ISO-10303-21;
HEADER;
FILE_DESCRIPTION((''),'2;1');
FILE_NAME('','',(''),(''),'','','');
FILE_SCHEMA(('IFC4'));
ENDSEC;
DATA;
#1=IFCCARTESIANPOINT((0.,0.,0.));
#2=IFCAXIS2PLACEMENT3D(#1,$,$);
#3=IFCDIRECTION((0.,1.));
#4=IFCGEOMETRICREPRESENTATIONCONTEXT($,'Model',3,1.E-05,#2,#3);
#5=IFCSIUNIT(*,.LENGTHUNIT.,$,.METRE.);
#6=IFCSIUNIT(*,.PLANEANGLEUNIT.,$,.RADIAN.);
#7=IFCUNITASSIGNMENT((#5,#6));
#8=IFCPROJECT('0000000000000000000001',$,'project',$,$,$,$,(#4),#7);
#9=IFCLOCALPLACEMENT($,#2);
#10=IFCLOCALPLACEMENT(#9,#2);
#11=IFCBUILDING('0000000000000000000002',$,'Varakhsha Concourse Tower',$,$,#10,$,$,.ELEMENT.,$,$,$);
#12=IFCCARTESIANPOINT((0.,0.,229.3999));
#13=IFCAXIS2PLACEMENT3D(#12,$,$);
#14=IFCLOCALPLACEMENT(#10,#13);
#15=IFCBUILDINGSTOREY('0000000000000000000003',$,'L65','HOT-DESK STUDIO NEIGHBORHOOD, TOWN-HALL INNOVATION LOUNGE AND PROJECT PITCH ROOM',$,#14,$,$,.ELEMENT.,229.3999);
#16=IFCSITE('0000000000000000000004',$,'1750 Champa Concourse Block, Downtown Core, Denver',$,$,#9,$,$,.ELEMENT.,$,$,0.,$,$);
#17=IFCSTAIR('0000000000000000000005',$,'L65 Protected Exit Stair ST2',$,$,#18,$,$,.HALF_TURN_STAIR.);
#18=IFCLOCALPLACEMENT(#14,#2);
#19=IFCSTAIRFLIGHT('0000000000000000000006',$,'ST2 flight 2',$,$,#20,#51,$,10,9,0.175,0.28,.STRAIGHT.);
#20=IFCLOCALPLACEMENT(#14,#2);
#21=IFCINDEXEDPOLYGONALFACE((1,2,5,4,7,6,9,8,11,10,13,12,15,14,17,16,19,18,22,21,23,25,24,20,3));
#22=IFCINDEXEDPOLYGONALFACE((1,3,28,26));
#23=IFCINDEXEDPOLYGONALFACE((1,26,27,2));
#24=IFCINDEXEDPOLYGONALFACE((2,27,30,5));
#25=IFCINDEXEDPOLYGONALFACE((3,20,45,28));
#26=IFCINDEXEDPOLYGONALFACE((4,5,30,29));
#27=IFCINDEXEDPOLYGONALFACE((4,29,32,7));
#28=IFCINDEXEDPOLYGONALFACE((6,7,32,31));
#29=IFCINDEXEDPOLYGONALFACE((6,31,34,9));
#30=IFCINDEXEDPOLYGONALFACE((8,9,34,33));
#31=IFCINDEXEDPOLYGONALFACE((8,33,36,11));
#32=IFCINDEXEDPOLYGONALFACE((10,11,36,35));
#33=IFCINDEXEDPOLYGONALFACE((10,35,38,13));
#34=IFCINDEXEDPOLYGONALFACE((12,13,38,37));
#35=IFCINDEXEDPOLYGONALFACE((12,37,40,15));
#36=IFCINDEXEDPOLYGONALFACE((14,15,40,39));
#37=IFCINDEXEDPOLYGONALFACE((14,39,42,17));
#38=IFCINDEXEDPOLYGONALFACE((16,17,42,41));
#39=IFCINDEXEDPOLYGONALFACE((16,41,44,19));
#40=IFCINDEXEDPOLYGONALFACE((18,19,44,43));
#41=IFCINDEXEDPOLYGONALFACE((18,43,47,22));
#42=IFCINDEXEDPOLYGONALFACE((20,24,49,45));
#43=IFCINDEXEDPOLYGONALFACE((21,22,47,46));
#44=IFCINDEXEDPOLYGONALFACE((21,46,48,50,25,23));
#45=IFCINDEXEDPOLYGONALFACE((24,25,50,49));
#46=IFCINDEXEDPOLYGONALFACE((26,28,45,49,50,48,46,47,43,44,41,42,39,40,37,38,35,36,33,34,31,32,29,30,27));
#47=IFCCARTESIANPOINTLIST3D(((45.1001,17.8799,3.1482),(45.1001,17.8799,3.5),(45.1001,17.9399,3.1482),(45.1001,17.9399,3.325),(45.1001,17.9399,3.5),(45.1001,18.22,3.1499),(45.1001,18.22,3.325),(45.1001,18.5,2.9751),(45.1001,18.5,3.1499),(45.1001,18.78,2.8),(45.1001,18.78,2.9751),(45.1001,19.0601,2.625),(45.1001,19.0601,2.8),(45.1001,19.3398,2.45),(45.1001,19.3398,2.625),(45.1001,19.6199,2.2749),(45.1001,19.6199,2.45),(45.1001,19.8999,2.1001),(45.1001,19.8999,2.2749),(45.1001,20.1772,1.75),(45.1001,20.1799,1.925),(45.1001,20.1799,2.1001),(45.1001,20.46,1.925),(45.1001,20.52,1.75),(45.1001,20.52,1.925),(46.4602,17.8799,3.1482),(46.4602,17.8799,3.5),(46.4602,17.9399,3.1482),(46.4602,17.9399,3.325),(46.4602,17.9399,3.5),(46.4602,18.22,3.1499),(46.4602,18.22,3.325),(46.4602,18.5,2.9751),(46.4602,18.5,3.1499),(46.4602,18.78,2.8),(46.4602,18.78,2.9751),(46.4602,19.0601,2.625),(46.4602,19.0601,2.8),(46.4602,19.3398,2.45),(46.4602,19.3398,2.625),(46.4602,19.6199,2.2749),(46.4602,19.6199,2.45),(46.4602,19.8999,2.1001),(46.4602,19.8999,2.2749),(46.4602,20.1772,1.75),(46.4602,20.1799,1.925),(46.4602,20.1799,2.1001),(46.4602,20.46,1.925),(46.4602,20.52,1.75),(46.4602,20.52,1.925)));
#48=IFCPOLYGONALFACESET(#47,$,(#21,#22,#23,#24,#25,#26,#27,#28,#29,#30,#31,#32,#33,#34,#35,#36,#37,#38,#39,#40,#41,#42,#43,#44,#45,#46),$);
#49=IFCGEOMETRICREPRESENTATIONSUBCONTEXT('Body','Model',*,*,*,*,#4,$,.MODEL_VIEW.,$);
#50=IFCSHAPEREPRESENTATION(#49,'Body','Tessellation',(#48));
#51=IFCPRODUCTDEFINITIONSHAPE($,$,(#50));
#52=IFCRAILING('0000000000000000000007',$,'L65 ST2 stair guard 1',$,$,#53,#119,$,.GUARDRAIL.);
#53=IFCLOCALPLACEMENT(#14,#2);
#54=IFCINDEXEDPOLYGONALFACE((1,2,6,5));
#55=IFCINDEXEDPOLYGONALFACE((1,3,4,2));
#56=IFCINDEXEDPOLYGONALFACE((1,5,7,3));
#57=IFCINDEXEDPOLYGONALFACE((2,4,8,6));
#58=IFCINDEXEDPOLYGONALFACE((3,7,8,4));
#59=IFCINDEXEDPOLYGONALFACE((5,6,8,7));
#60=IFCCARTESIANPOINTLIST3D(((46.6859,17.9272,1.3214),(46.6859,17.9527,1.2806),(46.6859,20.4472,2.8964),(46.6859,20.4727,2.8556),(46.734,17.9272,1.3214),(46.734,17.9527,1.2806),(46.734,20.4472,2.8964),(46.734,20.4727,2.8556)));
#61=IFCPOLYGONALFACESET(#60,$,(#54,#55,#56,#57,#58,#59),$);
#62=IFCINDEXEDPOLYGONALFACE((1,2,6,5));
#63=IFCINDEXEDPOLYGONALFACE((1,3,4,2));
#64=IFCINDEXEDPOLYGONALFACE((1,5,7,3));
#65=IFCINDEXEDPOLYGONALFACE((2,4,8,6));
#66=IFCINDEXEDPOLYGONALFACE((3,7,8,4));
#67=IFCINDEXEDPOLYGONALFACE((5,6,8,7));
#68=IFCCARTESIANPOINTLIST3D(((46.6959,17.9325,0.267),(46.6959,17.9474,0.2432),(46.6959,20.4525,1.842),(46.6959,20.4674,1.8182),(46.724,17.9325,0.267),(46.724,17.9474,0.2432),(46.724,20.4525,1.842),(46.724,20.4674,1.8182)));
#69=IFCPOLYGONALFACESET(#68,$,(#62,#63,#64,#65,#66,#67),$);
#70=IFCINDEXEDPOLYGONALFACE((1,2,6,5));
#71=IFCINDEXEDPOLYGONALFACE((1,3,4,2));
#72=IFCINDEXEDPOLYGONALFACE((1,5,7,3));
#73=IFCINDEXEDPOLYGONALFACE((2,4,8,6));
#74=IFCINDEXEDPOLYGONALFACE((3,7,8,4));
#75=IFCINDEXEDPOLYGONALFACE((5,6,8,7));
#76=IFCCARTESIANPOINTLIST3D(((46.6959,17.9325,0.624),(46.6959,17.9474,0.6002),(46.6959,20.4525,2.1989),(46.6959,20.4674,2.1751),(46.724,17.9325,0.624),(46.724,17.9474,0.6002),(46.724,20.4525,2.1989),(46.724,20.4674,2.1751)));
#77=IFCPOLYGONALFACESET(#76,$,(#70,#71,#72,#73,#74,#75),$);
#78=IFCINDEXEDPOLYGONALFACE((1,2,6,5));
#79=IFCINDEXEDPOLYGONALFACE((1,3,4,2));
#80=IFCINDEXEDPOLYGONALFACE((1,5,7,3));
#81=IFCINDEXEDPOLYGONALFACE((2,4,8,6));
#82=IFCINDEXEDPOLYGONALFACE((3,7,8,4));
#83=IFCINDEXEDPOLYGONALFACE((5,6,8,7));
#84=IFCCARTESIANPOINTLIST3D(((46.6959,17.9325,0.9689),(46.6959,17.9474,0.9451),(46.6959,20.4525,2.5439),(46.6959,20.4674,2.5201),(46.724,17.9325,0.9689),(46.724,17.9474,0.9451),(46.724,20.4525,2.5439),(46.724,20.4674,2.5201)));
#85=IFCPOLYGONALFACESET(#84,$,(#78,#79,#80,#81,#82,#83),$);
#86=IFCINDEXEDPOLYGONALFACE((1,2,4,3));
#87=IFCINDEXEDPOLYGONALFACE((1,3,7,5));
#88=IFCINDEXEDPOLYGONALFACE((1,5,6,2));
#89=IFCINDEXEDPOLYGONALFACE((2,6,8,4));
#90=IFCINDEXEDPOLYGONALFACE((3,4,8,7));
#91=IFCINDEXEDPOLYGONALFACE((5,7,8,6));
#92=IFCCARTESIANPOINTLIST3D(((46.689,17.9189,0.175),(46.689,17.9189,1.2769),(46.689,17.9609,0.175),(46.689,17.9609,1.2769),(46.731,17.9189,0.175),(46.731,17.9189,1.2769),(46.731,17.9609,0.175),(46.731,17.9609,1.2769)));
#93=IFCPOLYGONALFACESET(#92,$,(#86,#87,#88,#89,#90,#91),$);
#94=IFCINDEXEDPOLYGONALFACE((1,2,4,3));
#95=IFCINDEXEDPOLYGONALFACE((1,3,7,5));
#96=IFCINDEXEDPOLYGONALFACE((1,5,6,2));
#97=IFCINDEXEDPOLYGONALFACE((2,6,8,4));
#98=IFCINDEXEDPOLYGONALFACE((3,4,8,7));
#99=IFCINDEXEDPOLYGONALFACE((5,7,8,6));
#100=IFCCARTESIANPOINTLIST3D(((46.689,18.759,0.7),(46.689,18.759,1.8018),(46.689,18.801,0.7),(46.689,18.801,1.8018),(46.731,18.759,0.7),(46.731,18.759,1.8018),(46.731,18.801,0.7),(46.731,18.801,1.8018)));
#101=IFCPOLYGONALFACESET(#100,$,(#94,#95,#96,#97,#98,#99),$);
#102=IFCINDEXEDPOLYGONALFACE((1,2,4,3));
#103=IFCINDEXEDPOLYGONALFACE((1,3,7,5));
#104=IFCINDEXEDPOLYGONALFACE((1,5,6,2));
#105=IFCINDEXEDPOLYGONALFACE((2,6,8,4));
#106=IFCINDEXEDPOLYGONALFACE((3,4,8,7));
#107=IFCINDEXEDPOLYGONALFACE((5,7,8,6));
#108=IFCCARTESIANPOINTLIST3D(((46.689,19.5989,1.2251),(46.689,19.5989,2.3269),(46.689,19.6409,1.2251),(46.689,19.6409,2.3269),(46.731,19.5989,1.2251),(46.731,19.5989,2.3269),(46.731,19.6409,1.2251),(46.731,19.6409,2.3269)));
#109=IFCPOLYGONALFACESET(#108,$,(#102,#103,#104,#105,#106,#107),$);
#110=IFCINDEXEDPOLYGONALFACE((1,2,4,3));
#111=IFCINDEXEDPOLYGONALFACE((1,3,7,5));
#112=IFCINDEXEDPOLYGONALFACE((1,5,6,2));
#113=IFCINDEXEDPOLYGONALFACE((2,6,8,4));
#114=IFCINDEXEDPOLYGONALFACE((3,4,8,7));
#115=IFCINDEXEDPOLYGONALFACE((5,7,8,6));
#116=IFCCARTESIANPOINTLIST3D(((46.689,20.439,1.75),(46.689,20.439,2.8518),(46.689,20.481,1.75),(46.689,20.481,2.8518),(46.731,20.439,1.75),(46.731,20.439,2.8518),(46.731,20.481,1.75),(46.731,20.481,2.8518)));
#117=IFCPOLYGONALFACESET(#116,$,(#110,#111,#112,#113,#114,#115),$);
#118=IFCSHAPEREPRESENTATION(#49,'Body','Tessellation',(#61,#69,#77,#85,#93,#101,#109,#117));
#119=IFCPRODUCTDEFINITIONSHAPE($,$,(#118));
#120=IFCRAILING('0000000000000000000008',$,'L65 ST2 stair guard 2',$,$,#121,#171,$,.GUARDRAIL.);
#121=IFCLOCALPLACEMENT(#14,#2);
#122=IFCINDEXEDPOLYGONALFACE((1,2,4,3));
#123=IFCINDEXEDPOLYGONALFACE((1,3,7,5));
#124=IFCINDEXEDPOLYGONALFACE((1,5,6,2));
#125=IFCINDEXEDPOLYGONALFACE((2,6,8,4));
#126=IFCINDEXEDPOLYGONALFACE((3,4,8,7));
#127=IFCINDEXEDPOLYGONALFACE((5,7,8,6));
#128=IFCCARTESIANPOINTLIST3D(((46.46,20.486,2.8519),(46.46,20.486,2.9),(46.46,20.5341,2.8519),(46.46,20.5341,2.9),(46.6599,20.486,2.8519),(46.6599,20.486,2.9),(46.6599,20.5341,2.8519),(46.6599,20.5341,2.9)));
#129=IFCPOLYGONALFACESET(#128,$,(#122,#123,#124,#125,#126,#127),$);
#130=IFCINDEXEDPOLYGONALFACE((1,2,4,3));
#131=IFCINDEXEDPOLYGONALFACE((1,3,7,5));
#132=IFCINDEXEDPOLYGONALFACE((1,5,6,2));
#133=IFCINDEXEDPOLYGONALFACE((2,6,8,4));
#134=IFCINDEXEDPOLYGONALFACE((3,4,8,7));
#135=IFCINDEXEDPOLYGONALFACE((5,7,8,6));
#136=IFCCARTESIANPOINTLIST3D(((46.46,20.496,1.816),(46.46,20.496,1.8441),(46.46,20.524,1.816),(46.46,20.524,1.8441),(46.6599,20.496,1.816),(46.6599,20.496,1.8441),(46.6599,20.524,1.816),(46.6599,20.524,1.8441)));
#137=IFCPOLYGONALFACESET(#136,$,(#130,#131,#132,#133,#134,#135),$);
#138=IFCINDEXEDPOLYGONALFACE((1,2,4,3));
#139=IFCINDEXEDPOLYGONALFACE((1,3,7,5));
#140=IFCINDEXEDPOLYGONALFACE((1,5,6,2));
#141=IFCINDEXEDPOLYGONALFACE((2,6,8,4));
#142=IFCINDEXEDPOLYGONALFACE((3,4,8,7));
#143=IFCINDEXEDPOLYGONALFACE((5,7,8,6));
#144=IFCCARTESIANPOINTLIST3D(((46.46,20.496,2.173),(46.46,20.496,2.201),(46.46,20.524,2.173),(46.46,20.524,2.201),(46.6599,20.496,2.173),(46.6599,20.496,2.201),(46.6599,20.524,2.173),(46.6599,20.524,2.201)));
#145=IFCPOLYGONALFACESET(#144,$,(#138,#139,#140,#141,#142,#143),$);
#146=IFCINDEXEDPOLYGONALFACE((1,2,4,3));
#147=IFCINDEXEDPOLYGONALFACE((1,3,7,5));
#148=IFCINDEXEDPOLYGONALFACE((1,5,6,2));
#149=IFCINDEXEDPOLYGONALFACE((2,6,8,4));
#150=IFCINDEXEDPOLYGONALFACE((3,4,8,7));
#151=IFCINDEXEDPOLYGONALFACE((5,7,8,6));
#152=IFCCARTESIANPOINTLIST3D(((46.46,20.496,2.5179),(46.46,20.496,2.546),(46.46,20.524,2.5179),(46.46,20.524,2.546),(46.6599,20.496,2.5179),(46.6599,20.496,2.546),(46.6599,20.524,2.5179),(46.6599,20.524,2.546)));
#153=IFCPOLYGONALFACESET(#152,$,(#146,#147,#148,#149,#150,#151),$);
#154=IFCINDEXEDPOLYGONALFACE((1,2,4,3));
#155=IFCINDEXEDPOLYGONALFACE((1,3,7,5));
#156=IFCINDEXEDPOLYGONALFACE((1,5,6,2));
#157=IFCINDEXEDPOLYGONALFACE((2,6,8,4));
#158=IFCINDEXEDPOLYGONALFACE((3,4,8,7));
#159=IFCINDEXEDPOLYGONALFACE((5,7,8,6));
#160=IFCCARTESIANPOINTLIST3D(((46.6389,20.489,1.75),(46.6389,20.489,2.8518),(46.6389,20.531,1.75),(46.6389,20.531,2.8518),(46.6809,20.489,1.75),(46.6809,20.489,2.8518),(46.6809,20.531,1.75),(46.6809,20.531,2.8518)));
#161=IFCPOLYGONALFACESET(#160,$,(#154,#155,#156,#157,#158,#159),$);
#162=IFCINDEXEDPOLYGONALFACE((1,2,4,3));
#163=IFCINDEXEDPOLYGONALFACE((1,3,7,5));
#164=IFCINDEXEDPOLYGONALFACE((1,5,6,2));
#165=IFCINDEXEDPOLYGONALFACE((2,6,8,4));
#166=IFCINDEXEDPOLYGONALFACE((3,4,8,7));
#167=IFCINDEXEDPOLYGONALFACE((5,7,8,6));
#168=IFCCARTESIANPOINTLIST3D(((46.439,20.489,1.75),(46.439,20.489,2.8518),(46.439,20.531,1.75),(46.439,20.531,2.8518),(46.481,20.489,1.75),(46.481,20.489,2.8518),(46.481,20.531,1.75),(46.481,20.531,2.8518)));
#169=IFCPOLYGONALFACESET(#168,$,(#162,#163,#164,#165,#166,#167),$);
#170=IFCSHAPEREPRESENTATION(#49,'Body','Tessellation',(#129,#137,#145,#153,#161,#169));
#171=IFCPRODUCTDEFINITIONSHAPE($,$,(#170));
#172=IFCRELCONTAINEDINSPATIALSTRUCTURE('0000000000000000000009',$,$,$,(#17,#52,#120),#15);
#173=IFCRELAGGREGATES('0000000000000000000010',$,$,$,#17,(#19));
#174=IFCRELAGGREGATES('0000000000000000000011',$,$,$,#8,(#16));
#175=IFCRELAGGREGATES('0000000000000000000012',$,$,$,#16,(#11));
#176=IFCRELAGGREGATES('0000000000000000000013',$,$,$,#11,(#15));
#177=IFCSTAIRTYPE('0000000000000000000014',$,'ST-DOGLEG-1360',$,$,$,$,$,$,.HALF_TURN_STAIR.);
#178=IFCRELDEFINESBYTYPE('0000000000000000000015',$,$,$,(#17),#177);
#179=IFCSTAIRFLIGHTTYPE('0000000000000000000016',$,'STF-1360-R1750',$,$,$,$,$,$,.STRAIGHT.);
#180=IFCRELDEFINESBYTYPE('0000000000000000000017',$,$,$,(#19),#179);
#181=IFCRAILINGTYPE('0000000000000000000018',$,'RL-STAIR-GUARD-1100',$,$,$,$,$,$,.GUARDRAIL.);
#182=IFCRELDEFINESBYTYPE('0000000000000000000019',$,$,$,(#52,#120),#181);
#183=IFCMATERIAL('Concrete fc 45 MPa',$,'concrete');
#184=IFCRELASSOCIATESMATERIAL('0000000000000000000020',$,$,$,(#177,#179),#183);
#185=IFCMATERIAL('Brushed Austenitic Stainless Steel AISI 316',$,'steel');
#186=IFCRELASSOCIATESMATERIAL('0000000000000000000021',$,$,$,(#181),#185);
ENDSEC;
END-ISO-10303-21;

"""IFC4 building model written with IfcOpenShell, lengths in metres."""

from ifc_helpers import new_model, si_unit, direction, frame, origin, origin_2d, place, context, subcontext, project, spatial, polyline, rectangle, outline, extrude, material, type_object, element, aggregate, save


model = new_model("IFC4")

# Units and contexts
model_context = context("Model", 3, precision=1e-05, world=origin(), true_north=direction((0.0, 1.0)))
body_context = subcontext(model_context, "Body", "Model", "MODEL_VIEW")
ifc_project = project(units=[si_unit("LENGTHUNIT", "METRE"), si_unit("PLANEANGLEUNIT", "RADIAN")], contexts=[model_context])

# Site, building, storey
site_placement = place(None, origin())
site = spatial("IfcSite", under=ifc_project, at=site_placement, Name="1750 Champa Concourse Block, Downtown Core, Denver", CompositionType="ELEMENT", RefElevation=0.0)
building_placement = place(site_placement, origin())
building = spatial("IfcBuilding", under=site, at=building_placement, Name="Varakhsha Concourse Tower", CompositionType="ELEMENT")
storey_placement = place(building_placement, frame((0.0, 0.0, 229.3999)))
storey = spatial("IfcBuildingStorey", under=building, at=storey_placement, Name="L65", Description="HOT-DESK STUDIO NEIGHBORHOOD, TOWN-HALL INNOVATION LOUNGE AND PROJECT PITCH ROOM", CompositionType="ELEMENT", Elevation=229.3999)

# Shared definitions
ifc_material_1 = material(Name="Concrete fc 45 MPa", Category="concrete")

# Stair, stair flight
stair_type = type_object("IfcStairType", Name="ST-DOGLEG-1360", PredefinedType="HALF_TURN_STAIR", material=ifc_material_1)
stair_placement = place(storey_placement, origin())
stair = element("IfcStair", 1, at=stair_placement, inside=storey, type_object=stair_type, Name="L65 Protected Exit Stair ST2", PredefinedType="HALF_TURN_STAIR")
stair_flight_type = type_object("IfcStairFlightType", Name="STF-1360-R1750", PredefinedType="STRAIGHT", material=ifc_material_1)
stair_flight_1_placement = place(storey_placement, frame((45.78, 20.46, 1.75), z_axis=(0.0, 0.0, 1.0), x_axis=(0.0, -1.0, 0.0)))
stair_flight_1 = element("IfcStairFlight", 2, at=stair_flight_1_placement, type_object=stair_flight_type, Name="ST2 flight 2", NumberOfRisers=10, NumberOfTreads=9, PredefinedType="STRAIGHT", RiserHeight=0.175, TreadLength=0.28, context=body_context, shape_type="SweptSolid", body=[
    extrude(outline(polyline([(-0.0601, 0.0), (-0.0601, 0.175), (0.0, 0.175), (0.28, 0.175), (0.28, 0.3501), (0.5601, 0.3501), (0.5601, 0.5249), (0.8401, 0.5249), (0.8401, 0.7), (1.1201, 0.7), (1.1201, 0.875), (1.3999, 0.875), (1.3999, 1.05), (1.6799, 1.05), (1.6799, 1.2251), (1.96, 1.2251), (1.96, 1.3999), (2.24, 1.3999), (2.24, 1.575), (2.52, 1.575), (2.52, 1.75), (2.5801, 1.75), (2.5801, 1.3982), (2.52, 1.3982), (0.2827, 0.0), (-0.0601, 0.0)])), frame((0.0, 0.6802, 0.0), z_axis=(0.0, -1.0, 0.0), x_axis=(1.0, 0.0, 0.0)), (0.0, 0.0, 1.0), 1.3601),
])
aggregate(stair, [stair_flight_1])

# Railings
ifc_material_2 = material(Name="Brushed Austenitic Stainless Steel AISI 316", Category="steel")
railing_type_1 = type_object("IfcRailingType", Name="RL-STAIR-GUARD-1100", PredefinedType="GUARDRAIL", material=ifc_material_2)
railing_1_placement = place(storey_placement, frame((46.71, 17.9399, 0.175)))
element("IfcRailing", 3, at=railing_1_placement, inside=storey, type_object=railing_type_1, Name="L65 ST2 stair guard 1", PredefinedType="GUARDRAIL", context=body_context, shape_type="SweptSolid", body=[
    extrude(rectangle(XDim=0.0481, YDim=0.0481, at=origin_2d()), frame((0.0, 0.0, 1.126), z_axis=(0.0, 0.848008, 0.529984), x_axis=(-1.0, 0.0, 0.0)), (0.0, 0.0, 1.0), 2.9717),
    extrude(rectangle(XDim=0.0281, YDim=0.0281, at=origin_2d()), frame((0.0, 0.0, 0.0801), z_axis=(0.0, 0.848008, 0.529984), x_axis=(-1.0, 0.0, 0.0)), (0.0, 0.0, 1.0), 2.9717),
    extrude(rectangle(XDim=0.0281, YDim=0.0281, at=origin_2d()), frame((0.0, 0.0, 0.437), z_axis=(0.0, 0.848008, 0.529984), x_axis=(-1.0, 0.0, 0.0)), (0.0, 0.0, 1.0), 2.9717),
    extrude(rectangle(XDim=0.0281, YDim=0.0281, at=origin_2d()), frame((0.0, 0.0, 0.782), z_axis=(0.0, 0.848008, 0.529984), x_axis=(-1.0, 0.0, 0.0)), (0.0, 0.0, 1.0), 2.9717),
    extrude(rectangle(XDim=0.042, YDim=0.042, at=origin_2d()), origin(), (0.0, 0.0, 1.0), 1.1018),
    extrude(rectangle(XDim=0.042, YDim=0.042, at=origin_2d()), frame((0.0, 0.8401, 0.5249)), (0.0, 0.0, 1.0), 1.1018),
    extrude(rectangle(XDim=0.042, YDim=0.042, at=origin_2d()), frame((0.0, 1.6799, 1.05)), (0.0, 0.0, 1.0), 1.1018),
    extrude(rectangle(XDim=0.042, YDim=0.042, at=origin_2d()), frame((0.0, 2.52, 1.575)), (0.0, 0.0, 1.0), 1.1018),
])
railing_2_placement = place(storey_placement, frame((46.6599, 20.51, 1.75)))
element("IfcRailing", 4, at=railing_2_placement, inside=storey, type_object=railing_type_1, Name="L65 ST2 stair guard 2", PredefinedType="GUARDRAIL", context=body_context, shape_type="SweptSolid", body=[
    extrude(rectangle(XDim=0.0481, YDim=0.0481, at=origin_2d()), frame((0.0, 0.0, 1.126), z_axis=(-1.0, 0.0, 0.0), x_axis=(0.0, -1.0, 0.0)), (0.0, 0.0, 1.0), 0.2),
    extrude(rectangle(XDim=0.0281, YDim=0.0281, at=origin_2d()), frame((0.0, 0.0, 0.0801), z_axis=(-1.0, 0.0, 0.0), x_axis=(0.0, -1.0, 0.0)), (0.0, 0.0, 1.0), 0.2),
    extrude(rectangle(XDim=0.0281, YDim=0.0281, at=origin_2d()), frame((0.0, 0.0, 0.437), z_axis=(-1.0, 0.0, 0.0), x_axis=(0.0, -1.0, 0.0)), (0.0, 0.0, 1.0), 0.2),
    extrude(rectangle(XDim=0.0281, YDim=0.0281, at=origin_2d()), frame((0.0, 0.0, 0.782), z_axis=(-1.0, 0.0, 0.0), x_axis=(0.0, -1.0, 0.0)), (0.0, 0.0, 1.0), 0.2),
    extrude(rectangle(XDim=0.042, YDim=0.042, at=origin_2d()), origin(), (0.0, 0.0, 1.0), 1.1018),
    extrude(rectangle(XDim=0.042, YDim=0.042, at=origin_2d()), frame((-0.2, 0.0, 0.0)), (0.0, 0.0, 1.0), 1.1018),
])

save(model, "model.ifc")
